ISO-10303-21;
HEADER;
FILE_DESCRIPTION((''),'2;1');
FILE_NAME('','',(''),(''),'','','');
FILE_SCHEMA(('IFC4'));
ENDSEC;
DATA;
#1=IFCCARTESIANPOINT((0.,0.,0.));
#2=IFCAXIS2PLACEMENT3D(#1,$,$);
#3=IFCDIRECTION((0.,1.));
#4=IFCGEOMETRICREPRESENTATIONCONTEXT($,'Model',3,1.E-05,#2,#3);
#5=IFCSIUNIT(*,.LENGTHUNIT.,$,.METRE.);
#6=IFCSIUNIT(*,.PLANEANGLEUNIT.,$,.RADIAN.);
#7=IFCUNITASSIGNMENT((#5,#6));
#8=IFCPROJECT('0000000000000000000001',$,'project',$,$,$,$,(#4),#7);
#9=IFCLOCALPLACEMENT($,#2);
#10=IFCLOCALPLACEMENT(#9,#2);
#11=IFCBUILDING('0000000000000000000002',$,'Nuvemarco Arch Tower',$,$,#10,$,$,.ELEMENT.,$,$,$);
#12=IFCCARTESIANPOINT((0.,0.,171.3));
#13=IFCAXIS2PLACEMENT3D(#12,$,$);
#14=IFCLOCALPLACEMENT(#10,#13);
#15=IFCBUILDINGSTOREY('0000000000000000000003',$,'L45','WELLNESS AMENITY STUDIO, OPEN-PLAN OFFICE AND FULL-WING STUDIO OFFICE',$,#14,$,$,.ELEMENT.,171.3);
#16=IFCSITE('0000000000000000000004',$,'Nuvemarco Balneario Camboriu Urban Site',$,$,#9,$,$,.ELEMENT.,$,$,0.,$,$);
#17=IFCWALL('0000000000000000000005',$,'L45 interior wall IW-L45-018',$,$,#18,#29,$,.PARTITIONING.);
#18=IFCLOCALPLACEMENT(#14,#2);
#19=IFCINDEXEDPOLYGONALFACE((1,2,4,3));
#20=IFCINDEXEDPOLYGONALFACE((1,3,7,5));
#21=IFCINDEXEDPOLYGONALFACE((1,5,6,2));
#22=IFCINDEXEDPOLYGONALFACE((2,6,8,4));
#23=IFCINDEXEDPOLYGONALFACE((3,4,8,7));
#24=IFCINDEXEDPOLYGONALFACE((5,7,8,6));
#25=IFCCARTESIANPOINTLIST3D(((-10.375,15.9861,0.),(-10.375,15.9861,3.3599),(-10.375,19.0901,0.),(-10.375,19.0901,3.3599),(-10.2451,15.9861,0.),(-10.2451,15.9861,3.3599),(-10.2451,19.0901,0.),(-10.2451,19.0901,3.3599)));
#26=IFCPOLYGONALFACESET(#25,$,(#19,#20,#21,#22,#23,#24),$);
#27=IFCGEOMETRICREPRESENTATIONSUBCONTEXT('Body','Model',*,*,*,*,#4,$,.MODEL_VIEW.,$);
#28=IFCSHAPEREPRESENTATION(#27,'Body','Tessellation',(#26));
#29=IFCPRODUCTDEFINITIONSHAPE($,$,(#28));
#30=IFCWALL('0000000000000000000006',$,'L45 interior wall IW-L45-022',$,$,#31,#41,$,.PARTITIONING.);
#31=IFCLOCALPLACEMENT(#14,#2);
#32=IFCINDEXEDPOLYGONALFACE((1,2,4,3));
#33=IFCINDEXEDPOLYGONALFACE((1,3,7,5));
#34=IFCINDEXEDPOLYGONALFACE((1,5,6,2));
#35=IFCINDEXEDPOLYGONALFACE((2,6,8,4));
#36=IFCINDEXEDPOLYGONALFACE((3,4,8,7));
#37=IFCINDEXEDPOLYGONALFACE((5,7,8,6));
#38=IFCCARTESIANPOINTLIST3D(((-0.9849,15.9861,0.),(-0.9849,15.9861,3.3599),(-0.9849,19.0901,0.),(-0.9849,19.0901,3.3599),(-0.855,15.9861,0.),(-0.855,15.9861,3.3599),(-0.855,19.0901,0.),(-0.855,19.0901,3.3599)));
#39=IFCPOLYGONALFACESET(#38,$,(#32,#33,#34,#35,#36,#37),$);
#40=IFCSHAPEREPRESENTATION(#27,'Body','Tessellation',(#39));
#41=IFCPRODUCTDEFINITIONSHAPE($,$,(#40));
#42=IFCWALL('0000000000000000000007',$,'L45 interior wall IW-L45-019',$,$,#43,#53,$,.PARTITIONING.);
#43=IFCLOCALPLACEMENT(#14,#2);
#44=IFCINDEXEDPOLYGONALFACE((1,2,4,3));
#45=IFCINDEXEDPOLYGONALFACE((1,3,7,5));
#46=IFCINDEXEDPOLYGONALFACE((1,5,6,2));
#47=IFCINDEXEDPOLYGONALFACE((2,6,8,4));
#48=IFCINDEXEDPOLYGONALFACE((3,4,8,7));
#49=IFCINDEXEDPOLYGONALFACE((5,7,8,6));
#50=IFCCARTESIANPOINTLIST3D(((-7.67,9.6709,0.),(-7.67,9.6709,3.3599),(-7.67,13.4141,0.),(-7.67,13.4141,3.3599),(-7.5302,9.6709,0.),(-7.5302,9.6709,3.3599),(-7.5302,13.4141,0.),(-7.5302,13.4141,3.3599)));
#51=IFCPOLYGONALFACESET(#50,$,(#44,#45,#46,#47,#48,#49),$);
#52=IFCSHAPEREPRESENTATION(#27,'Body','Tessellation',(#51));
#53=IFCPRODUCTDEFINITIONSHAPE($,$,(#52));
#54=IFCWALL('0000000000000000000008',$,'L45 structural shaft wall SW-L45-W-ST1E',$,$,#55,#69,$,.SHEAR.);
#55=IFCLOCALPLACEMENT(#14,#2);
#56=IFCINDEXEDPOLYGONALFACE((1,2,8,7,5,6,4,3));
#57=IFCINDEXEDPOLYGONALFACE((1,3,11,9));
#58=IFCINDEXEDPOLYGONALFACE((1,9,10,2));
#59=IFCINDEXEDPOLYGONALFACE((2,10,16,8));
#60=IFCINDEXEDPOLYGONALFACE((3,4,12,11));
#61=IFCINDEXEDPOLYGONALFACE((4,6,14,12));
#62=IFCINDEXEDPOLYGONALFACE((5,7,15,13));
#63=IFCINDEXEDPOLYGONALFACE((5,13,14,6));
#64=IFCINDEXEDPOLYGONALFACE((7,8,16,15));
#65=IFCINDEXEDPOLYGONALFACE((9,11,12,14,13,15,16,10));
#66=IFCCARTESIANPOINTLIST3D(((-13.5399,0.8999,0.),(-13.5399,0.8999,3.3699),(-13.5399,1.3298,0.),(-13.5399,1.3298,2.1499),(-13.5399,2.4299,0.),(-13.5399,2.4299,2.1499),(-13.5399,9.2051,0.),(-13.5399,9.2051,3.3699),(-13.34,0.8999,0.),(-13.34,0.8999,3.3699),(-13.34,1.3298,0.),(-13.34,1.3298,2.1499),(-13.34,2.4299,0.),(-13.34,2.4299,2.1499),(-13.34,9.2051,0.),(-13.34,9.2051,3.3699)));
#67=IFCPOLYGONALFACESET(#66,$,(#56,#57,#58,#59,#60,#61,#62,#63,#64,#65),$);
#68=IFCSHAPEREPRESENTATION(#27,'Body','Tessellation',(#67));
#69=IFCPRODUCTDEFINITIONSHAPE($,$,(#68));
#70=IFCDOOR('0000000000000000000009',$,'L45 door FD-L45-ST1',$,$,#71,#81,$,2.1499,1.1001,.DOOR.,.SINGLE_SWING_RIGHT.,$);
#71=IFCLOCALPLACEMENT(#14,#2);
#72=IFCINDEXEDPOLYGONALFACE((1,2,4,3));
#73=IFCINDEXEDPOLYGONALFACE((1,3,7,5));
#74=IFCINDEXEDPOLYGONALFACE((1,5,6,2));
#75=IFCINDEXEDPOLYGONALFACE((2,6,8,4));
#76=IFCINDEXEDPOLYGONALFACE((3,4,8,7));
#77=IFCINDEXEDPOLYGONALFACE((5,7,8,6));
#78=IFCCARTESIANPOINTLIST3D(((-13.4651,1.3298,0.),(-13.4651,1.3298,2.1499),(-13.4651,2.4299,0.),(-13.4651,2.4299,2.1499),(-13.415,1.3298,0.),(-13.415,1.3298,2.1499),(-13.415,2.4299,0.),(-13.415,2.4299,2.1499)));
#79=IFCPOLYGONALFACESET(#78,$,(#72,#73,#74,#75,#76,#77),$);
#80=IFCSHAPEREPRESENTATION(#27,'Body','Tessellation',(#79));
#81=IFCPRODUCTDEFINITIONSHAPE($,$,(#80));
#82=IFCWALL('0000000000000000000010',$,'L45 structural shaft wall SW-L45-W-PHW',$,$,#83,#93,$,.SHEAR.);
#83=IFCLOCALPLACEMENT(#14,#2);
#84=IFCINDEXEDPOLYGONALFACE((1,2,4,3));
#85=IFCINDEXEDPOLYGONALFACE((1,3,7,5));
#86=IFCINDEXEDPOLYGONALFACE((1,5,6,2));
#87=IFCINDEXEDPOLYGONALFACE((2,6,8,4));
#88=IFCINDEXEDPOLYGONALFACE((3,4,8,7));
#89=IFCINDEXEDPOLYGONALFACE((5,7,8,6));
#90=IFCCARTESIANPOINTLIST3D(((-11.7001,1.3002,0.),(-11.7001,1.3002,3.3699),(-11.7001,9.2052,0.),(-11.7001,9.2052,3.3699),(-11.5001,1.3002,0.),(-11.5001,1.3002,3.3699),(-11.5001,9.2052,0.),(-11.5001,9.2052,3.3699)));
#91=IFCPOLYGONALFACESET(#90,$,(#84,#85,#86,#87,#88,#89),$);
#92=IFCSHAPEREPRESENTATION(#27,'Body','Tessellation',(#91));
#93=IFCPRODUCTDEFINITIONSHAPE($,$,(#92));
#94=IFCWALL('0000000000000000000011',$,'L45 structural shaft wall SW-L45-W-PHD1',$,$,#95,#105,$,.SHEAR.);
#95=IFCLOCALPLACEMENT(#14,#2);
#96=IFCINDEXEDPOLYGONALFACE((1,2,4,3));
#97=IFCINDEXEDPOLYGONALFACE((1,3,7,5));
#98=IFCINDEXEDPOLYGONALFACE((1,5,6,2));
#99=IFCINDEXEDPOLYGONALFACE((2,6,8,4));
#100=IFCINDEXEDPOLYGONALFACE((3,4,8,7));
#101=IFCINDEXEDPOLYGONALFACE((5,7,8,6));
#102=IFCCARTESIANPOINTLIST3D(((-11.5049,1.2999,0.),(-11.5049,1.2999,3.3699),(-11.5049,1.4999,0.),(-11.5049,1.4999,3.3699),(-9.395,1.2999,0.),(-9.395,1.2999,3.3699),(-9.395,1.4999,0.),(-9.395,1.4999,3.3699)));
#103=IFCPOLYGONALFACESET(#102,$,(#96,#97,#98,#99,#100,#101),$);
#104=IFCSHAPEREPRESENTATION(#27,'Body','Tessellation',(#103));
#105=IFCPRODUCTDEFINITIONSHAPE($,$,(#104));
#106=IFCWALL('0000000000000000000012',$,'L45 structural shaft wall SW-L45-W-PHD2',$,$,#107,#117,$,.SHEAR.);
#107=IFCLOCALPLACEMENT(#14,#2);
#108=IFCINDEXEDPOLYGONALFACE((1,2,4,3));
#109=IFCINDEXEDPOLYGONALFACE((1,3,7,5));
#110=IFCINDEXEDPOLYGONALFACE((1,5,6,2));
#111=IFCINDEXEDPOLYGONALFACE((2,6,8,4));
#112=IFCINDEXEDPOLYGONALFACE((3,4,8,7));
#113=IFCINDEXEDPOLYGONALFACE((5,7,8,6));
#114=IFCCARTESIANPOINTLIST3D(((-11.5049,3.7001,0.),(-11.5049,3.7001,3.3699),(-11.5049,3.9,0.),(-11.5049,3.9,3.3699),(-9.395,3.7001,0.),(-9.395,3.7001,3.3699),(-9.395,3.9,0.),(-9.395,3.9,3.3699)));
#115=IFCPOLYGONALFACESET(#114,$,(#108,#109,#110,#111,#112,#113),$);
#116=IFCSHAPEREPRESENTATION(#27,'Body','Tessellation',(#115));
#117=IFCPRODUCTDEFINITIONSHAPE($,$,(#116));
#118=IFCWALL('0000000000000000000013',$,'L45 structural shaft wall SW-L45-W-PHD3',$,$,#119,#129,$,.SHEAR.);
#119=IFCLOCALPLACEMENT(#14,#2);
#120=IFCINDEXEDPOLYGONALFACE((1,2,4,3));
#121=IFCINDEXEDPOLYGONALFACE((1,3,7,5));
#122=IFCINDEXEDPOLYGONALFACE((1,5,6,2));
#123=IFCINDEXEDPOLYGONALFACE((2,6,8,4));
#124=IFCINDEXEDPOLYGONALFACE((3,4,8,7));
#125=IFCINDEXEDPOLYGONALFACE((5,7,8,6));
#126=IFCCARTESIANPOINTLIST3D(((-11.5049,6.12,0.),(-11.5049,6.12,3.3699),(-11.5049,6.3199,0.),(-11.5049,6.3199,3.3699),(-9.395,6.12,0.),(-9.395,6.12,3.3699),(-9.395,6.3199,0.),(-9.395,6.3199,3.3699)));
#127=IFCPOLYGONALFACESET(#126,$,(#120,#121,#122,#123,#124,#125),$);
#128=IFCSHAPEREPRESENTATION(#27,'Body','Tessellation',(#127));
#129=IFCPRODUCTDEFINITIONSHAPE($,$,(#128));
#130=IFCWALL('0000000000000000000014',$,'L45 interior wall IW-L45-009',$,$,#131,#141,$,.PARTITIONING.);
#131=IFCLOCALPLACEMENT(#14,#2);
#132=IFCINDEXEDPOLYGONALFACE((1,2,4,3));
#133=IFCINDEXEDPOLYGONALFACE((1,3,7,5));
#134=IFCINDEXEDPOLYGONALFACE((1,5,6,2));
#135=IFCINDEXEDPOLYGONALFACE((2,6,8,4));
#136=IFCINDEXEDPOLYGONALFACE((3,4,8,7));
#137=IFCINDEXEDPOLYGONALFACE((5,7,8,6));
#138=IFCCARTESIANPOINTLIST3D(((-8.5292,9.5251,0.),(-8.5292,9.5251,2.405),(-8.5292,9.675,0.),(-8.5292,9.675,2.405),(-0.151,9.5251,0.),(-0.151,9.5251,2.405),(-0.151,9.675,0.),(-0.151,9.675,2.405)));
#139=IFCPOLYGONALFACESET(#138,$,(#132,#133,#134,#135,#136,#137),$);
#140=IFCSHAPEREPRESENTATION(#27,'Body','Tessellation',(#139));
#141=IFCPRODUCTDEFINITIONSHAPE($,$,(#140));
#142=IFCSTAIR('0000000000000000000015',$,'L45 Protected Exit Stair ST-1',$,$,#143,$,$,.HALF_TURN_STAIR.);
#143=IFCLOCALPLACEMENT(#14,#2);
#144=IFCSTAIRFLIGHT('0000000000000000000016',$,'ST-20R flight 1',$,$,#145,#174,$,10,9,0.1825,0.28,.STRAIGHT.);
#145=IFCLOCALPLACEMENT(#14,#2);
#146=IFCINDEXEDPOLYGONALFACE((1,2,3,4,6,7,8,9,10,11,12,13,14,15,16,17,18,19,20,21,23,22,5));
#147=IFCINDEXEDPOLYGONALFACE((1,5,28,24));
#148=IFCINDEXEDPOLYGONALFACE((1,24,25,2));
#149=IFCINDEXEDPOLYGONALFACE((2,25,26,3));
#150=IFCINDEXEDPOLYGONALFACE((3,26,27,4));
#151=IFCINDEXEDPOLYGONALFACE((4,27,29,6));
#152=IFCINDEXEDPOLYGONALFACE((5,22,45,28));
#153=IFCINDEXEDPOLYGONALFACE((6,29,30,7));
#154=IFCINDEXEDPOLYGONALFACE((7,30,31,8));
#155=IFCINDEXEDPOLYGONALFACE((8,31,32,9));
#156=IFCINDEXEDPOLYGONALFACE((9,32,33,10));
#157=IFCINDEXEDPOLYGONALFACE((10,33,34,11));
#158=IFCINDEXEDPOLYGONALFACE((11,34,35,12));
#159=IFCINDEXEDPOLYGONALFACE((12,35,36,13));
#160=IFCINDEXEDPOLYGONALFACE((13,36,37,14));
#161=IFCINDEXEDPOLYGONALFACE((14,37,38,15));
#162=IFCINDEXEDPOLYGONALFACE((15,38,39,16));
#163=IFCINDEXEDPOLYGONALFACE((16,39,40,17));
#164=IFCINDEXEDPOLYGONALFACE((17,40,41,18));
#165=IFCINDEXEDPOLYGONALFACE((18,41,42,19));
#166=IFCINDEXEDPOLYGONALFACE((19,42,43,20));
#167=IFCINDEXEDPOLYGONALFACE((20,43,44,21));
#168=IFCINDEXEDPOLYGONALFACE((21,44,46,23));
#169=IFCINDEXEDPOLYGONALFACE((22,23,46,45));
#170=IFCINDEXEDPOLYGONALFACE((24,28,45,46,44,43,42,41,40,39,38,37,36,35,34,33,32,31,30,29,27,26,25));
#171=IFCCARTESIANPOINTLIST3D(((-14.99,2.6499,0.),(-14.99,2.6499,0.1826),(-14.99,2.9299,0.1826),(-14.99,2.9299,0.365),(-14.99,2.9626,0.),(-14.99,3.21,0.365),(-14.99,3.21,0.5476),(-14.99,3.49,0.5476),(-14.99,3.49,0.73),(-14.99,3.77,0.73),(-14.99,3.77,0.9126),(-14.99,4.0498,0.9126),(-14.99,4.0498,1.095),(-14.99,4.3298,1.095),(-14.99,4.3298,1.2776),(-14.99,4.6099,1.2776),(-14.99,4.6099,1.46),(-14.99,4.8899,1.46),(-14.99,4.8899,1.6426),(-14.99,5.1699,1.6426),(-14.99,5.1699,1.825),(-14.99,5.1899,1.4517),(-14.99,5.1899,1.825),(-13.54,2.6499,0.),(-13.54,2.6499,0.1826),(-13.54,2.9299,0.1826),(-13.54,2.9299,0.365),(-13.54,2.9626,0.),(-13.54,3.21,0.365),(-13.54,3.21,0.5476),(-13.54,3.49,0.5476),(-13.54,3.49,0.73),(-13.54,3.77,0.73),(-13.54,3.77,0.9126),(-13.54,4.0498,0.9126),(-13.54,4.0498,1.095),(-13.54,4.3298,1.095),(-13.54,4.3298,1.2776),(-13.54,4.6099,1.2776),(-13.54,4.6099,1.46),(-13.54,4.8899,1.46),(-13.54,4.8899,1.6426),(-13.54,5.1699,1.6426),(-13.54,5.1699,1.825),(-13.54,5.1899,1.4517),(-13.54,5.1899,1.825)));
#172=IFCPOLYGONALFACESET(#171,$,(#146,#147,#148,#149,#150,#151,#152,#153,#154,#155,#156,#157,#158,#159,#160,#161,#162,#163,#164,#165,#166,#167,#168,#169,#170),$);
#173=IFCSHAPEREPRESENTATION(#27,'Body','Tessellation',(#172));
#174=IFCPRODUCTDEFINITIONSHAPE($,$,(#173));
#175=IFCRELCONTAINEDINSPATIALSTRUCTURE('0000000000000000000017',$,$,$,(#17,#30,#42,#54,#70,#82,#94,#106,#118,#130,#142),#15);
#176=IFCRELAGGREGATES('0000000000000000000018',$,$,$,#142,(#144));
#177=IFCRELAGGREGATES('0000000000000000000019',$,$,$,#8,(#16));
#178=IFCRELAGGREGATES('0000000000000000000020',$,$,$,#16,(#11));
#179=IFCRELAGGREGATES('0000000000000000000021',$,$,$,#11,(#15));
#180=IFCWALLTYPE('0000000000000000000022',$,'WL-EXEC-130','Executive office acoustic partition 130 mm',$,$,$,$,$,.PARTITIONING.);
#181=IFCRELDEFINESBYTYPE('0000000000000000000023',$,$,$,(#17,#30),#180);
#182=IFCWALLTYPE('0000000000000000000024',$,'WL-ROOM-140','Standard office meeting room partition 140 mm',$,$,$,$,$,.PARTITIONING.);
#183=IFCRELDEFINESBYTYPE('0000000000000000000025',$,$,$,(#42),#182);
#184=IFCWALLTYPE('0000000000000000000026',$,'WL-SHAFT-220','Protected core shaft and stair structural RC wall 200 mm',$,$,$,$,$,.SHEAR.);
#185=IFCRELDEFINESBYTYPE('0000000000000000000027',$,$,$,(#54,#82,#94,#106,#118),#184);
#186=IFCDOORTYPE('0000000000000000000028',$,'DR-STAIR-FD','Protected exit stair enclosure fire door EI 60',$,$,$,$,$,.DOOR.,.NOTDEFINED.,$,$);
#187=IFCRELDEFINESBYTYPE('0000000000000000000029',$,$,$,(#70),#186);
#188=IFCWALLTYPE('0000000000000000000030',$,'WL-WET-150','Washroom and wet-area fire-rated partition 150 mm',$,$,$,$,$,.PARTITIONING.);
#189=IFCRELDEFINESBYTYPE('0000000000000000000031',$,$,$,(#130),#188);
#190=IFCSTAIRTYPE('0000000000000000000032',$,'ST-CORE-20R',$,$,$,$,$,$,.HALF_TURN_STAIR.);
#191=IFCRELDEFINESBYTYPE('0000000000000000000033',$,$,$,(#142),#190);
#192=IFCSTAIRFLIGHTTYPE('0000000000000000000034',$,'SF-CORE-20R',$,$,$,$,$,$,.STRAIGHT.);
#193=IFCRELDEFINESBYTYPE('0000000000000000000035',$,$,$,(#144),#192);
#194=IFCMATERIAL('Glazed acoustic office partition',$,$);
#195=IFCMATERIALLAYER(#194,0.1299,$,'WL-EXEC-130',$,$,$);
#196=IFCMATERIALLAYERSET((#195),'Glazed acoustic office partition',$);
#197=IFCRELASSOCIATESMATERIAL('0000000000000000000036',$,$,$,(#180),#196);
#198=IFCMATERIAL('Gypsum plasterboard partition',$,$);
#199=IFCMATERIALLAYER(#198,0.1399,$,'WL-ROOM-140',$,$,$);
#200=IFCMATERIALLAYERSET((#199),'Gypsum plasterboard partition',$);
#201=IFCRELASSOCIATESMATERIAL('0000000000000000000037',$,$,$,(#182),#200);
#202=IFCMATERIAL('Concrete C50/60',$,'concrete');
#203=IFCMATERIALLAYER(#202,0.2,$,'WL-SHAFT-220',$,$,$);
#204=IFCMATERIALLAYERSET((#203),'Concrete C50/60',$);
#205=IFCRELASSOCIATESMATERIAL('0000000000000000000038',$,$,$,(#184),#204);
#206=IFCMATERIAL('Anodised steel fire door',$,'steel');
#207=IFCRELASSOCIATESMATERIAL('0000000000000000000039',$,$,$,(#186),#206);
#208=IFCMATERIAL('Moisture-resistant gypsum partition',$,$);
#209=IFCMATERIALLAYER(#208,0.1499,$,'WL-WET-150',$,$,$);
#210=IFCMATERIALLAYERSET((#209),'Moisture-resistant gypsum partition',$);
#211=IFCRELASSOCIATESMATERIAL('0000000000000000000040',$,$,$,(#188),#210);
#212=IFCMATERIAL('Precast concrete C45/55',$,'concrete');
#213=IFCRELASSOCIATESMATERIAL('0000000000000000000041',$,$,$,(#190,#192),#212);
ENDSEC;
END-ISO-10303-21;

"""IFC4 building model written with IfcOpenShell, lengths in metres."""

from ifc_helpers import new_model, si_unit, direction, frame, frame_2d, origin, place, context, subcontext, project, spatial, polyline, rectangle, outline, extrude, source, transform, mapped, material, layer, layer_set, type_object, type_shapes, element, fill, aggregate, save


model = new_model("IFC4")

# Units and contexts
model_context = context("Model", 3, precision=1e-05, world=origin(), true_north=direction((0.0, 1.0)))
body_context = subcontext(model_context, "Body", "Model", "MODEL_VIEW")
ifc_project = project(units=[si_unit("LENGTHUNIT", "METRE"), si_unit("PLANEANGLEUNIT", "RADIAN")], contexts=[model_context])

# Site, building, storey
site_placement = place(None, origin())
site = spatial("IfcSite", under=ifc_project, at=site_placement, Name="Nuvemarco Balneario Camboriu Urban Site", CompositionType="ELEMENT", RefElevation=0.0)
building_placement = place(site_placement, origin())
building = spatial("IfcBuilding", under=site, at=building_placement, Name="Nuvemarco Arch Tower", CompositionType="ELEMENT")
storey_placement = place(building_placement, frame((0.0, 0.0, 171.3)))
storey = spatial("IfcBuildingStorey", under=building, at=storey_placement, Name="L45", Description="WELLNESS AMENITY STUDIO, OPEN-PLAN OFFICE AND FULL-WING STUDIO OFFICE", CompositionType="ELEMENT", Elevation=171.3)

# Shared definitions
ifc_material_1 = material(Name="Concrete C50/60", Category="concrete")

# Shared definitions
ifc_material_2 = material(Name="Precast concrete C45/55", Category="concrete")

# Walls
ifc_material_3 = material(Name="Glazed acoustic office partition")
ifc_layer_1 = layer(ifc_material_3, 0.1299, Name="WL-EXEC-130")
ifc_layer_set_1 = layer_set([ifc_layer_1], Name="Glazed acoustic office partition")
wall_type_1 = type_object("IfcWallType", Name="WL-EXEC-130", Description="Executive office acoustic partition 130 mm", PredefinedType="PARTITIONING", material=ifc_layer_set_1)
for number, where, z_axis, x_axis, name in (
    (1, (-10.3101, 15.9861, 0.0), (0.0, 0.0, 1.0), (0.0, 1.0, 0.0), "L45 interior wall IW-L45-018"),
    (2, (-0.9199, 15.9861, 0.0), (0.0, 0.0, 1.0), (0.0, 1.0, 0.0), "L45 interior wall IW-L45-022"),
):
    element("IfcWall", number, at=place(storey_placement, frame(where, z_axis=z_axis, x_axis=x_axis)), inside=storey, type_object=wall_type_1, Name=name, PredefinedType="PARTITIONING", context=body_context, shape_type="SweptSolid", body=[
        extrude(rectangle(XDim=3.104, YDim=0.1299, at=frame_2d((1.552, 0.0))), origin(), (0.0, 0.0, 1.0), 3.3599),
    ])
ifc_material_4 = material(Name="Gypsum plasterboard partition")
ifc_layer_2 = layer(ifc_material_4, 0.1399, Name="WL-ROOM-140")
ifc_layer_set_2 = layer_set([ifc_layer_2], Name="Gypsum plasterboard partition")
wall_type_2 = type_object("IfcWallType", Name="WL-ROOM-140", Description="Standard office meeting room partition 140 mm", PredefinedType="PARTITIONING", material=ifc_layer_set_2)
wall_1_placement = place(storey_placement, frame((-7.6001, 9.6709, 0.0), z_axis=(0.0, 0.0, 1.0), x_axis=(0.0, 1.0, 0.0)))
element("IfcWall", 3, at=wall_1_placement, inside=storey, type_object=wall_type_2, Name="L45 interior wall IW-L45-019", PredefinedType="PARTITIONING", context=body_context, shape_type="SweptSolid", body=[
    extrude(rectangle(XDim=3.7432, YDim=0.1399, at=frame_2d((1.8716, 0.0))), origin(), (0.0, 0.0, 1.0), 3.3599),
])

# Wall, opening, door
ifc_layer_3 = layer(ifc_material_1, 0.2, Name="WL-SHAFT-220")
ifc_layer_set_3 = layer_set([ifc_layer_3], Name="Concrete C50/60")
wall_type_3 = type_object("IfcWallType", Name="WL-SHAFT-220", Description="Protected core shaft and stair structural RC wall 200 mm", PredefinedType="SHEAR", material=ifc_layer_set_3)
wall_2_placement = place(storey_placement, frame((-13.4399, 0.8999, 0.0), z_axis=(0.0, 0.0, 1.0), x_axis=(0.0, 1.0, 0.0)))
wall_2 = element("IfcWall", 4, at=wall_2_placement, inside=storey, type_object=wall_type_3, Name="L45 structural shaft wall SW-L45-W-ST1E", PredefinedType="SHEAR", context=body_context, shape_type="SweptSolid", body=[
    extrude(rectangle(XDim=8.3052, YDim=0.2, at=frame_2d((4.1526, 0.0))), origin(), (0.0, 0.0, 1.0), 3.3699),
])
opening_1_placement = place(wall_2_placement, frame((1.53, 0.0, 0.0), z_axis=(0.0, 0.0, 1.0), x_axis=(-1.0, 0.0, 0.0)))
opening_1 = element("IfcOpeningElement", 5, at=opening_1_placement, cuts=wall_2, PredefinedType="OPENING", context=body_context, shape_type="SweptSolid", body=[
    extrude(rectangle(XDim=1.1001, YDim=2.1499, at=frame_2d((0.55, 1.075))), frame((0.0, 0.1099, 0.0), z_axis=(0.0, -1.0, 0.0), x_axis=(1.0, 0.0, 0.0)), (0.0, 0.0, 1.0), 0.22),
])
ifc_material_5 = material(Name="Anodised steel fire door", Category="steel")
door_type_1 = type_object("IfcDoorType", Name="DR-STAIR-FD", Description="Protected exit stair enclosure fire door EI 60", OperationType="NOTDEFINED", PredefinedType="DOOR", material=ifc_material_5)
shared_shape_1 = source(origin(), body_context, "Body", "SweptSolid", [
    extrude(rectangle(XDim=1.1001, YDim=2.1499, at=frame_2d((0.55, 1.075))), frame((0.0, 0.0249, 0.0), z_axis=(0.0, -1.0, 0.0), x_axis=(1.0, 0.0, 0.0)), (0.0, 0.0, 1.0), 0.05),
])
type_shapes(door_type_1, [shared_shape_1])
door_1_placement = place(opening_1_placement, origin())
door_1 = element("IfcDoor", 6, at=door_1_placement, inside=storey, type_object=door_type_1, Name="L45 door FD-L45-ST1", OperationType="SINGLE_SWING_RIGHT", OverallHeight=2.1499, OverallWidth=1.1001, PredefinedType="DOOR", context=body_context, shape_type="MappedRepresentation", body=[
    mapped(shared_shape_1, transform((0.0, 0.0, 0.0), scale=1.0)),
])
fill(opening_1, door_1)

# Walls
wall_3_placement = place(storey_placement, frame((-11.6001, 1.3, 0.0), z_axis=(0.0, 0.0, 1.0), x_axis=(0.0, 1.0, 0.0)))
element("IfcWall", 7, at=wall_3_placement, inside=storey, type_object=wall_type_3, Name="L45 structural shaft wall SW-L45-W-PHW", PredefinedType="SHEAR", context=body_context, shape_type="SweptSolid", body=[
    extrude(rectangle(XDim=7.905, YDim=0.2, at=frame_2d((3.9526, 0.0))), origin(), (0.0, 0.0, 1.0), 3.3699),
])
for number, where, z_axis, x_axis, name in (
    (8, (-11.5049, 1.3999, 0.0), (0.0, 0.0, 1.0), (1.0, 0.0, 0.0), "L45 structural shaft wall SW-L45-W-PHD1"),
    (9, (-11.5049, 3.8, 0.0), (0.0, 0.0, 1.0), (1.0, 0.0, 0.0), "L45 structural shaft wall SW-L45-W-PHD2"),
    (10, (-11.5049, 6.22, 0.0), (0.0, 0.0, 1.0), (1.0, 0.0, 0.0), "L45 structural shaft wall SW-L45-W-PHD3"),
):
    element("IfcWall", number, at=place(storey_placement, frame(where, z_axis=z_axis, x_axis=x_axis)), inside=storey, type_object=wall_type_3, Name=name, PredefinedType="SHEAR", context=body_context, shape_type="SweptSolid", body=[
        extrude(rectangle(XDim=2.1099, YDim=0.2, at=frame_2d((1.0549, 0.0))), origin(), (0.0, 0.0, 1.0), 3.3699),
    ])
ifc_material_6 = material(Name="Moisture-resistant gypsum partition")
ifc_layer_4 = layer(ifc_material_6, 0.1499, Name="WL-WET-150")
ifc_layer_set_4 = layer_set([ifc_layer_4], Name="Moisture-resistant gypsum partition")
wall_type_4 = type_object("IfcWallType", Name="WL-WET-150", Description="Washroom and wet-area fire-rated partition 150 mm", PredefinedType="PARTITIONING", material=ifc_layer_set_4)
wall_4_placement = place(storey_placement, frame((-8.5291, 9.6001, 0.0), z_axis=(0.0, 0.0, 1.0), x_axis=(1.0, 0.0, 0.0)))
element("IfcWall", 11, at=wall_4_placement, inside=storey, type_object=wall_type_4, Name="L45 interior wall IW-L45-009", PredefinedType="PARTITIONING", context=body_context, shape_type="SweptSolid", body=[
    extrude(rectangle(XDim=8.3782, YDim=0.1499, at=frame_2d((4.189, 0.0))), origin(), (0.0, 0.0, 1.0), 2.405),
])

# Stair, stair flight
stair_type = type_object("IfcStairType", Name="ST-CORE-20R", PredefinedType="HALF_TURN_STAIR", material=ifc_material_2)
stair_placement = place(storey_placement, origin())
stair = element("IfcStair", 12, at=stair_placement, inside=storey, type_object=stair_type, Name="L45 Protected Exit Stair ST-1", PredefinedType="HALF_TURN_STAIR")
stair_flight_type = type_object("IfcStairFlightType", Name="SF-CORE-20R", PredefinedType="STRAIGHT", material=ifc_material_2)
stair_flight_placement = place(storey_placement, frame((-14.2649, 2.6499, 0.0), z_axis=(0.0, 0.0, 1.0), x_axis=(0.0, 1.0, 0.0)))
stair_flight = element("IfcStairFlight", 13, at=stair_flight_placement, type_object=stair_flight_type, Name="ST-20R flight 1", NumberOfRisers=10, NumberOfTreads=9, PredefinedType="STRAIGHT", RiserHeight=0.1825, TreadLength=0.28, context=body_context, shape_type="SweptSolid", body=[
    extrude(outline(polyline([(0.0, 0.0), (0.0, 0.1826), (0.28, 0.1826), (0.28, 0.365), (0.5601, 0.365), (0.5601, 0.5476), (0.8401, 0.5476), (0.8401, 0.73), (1.1201, 0.73), (1.1201, 0.9126), (1.3999, 0.9126), (1.3999, 1.095), (1.6799, 1.095), (1.6799, 1.2776), (1.96, 1.2776), (1.96, 1.46), (2.24, 1.46), (2.24, 1.6426), (2.52, 1.6426), (2.52, 1.825), (2.54, 1.825), (2.54, 1.4517), (0.3127, 0.0), (0.0, 0.0)])), frame((0.0, 0.7251, 0.0), z_axis=(0.0, -1.0, 0.0), x_axis=(1.0, 0.0, 0.0)), (0.0, 0.0, 1.0), 1.45),
])
aggregate(stair, [stair_flight])

save(model, "model.ifc")
